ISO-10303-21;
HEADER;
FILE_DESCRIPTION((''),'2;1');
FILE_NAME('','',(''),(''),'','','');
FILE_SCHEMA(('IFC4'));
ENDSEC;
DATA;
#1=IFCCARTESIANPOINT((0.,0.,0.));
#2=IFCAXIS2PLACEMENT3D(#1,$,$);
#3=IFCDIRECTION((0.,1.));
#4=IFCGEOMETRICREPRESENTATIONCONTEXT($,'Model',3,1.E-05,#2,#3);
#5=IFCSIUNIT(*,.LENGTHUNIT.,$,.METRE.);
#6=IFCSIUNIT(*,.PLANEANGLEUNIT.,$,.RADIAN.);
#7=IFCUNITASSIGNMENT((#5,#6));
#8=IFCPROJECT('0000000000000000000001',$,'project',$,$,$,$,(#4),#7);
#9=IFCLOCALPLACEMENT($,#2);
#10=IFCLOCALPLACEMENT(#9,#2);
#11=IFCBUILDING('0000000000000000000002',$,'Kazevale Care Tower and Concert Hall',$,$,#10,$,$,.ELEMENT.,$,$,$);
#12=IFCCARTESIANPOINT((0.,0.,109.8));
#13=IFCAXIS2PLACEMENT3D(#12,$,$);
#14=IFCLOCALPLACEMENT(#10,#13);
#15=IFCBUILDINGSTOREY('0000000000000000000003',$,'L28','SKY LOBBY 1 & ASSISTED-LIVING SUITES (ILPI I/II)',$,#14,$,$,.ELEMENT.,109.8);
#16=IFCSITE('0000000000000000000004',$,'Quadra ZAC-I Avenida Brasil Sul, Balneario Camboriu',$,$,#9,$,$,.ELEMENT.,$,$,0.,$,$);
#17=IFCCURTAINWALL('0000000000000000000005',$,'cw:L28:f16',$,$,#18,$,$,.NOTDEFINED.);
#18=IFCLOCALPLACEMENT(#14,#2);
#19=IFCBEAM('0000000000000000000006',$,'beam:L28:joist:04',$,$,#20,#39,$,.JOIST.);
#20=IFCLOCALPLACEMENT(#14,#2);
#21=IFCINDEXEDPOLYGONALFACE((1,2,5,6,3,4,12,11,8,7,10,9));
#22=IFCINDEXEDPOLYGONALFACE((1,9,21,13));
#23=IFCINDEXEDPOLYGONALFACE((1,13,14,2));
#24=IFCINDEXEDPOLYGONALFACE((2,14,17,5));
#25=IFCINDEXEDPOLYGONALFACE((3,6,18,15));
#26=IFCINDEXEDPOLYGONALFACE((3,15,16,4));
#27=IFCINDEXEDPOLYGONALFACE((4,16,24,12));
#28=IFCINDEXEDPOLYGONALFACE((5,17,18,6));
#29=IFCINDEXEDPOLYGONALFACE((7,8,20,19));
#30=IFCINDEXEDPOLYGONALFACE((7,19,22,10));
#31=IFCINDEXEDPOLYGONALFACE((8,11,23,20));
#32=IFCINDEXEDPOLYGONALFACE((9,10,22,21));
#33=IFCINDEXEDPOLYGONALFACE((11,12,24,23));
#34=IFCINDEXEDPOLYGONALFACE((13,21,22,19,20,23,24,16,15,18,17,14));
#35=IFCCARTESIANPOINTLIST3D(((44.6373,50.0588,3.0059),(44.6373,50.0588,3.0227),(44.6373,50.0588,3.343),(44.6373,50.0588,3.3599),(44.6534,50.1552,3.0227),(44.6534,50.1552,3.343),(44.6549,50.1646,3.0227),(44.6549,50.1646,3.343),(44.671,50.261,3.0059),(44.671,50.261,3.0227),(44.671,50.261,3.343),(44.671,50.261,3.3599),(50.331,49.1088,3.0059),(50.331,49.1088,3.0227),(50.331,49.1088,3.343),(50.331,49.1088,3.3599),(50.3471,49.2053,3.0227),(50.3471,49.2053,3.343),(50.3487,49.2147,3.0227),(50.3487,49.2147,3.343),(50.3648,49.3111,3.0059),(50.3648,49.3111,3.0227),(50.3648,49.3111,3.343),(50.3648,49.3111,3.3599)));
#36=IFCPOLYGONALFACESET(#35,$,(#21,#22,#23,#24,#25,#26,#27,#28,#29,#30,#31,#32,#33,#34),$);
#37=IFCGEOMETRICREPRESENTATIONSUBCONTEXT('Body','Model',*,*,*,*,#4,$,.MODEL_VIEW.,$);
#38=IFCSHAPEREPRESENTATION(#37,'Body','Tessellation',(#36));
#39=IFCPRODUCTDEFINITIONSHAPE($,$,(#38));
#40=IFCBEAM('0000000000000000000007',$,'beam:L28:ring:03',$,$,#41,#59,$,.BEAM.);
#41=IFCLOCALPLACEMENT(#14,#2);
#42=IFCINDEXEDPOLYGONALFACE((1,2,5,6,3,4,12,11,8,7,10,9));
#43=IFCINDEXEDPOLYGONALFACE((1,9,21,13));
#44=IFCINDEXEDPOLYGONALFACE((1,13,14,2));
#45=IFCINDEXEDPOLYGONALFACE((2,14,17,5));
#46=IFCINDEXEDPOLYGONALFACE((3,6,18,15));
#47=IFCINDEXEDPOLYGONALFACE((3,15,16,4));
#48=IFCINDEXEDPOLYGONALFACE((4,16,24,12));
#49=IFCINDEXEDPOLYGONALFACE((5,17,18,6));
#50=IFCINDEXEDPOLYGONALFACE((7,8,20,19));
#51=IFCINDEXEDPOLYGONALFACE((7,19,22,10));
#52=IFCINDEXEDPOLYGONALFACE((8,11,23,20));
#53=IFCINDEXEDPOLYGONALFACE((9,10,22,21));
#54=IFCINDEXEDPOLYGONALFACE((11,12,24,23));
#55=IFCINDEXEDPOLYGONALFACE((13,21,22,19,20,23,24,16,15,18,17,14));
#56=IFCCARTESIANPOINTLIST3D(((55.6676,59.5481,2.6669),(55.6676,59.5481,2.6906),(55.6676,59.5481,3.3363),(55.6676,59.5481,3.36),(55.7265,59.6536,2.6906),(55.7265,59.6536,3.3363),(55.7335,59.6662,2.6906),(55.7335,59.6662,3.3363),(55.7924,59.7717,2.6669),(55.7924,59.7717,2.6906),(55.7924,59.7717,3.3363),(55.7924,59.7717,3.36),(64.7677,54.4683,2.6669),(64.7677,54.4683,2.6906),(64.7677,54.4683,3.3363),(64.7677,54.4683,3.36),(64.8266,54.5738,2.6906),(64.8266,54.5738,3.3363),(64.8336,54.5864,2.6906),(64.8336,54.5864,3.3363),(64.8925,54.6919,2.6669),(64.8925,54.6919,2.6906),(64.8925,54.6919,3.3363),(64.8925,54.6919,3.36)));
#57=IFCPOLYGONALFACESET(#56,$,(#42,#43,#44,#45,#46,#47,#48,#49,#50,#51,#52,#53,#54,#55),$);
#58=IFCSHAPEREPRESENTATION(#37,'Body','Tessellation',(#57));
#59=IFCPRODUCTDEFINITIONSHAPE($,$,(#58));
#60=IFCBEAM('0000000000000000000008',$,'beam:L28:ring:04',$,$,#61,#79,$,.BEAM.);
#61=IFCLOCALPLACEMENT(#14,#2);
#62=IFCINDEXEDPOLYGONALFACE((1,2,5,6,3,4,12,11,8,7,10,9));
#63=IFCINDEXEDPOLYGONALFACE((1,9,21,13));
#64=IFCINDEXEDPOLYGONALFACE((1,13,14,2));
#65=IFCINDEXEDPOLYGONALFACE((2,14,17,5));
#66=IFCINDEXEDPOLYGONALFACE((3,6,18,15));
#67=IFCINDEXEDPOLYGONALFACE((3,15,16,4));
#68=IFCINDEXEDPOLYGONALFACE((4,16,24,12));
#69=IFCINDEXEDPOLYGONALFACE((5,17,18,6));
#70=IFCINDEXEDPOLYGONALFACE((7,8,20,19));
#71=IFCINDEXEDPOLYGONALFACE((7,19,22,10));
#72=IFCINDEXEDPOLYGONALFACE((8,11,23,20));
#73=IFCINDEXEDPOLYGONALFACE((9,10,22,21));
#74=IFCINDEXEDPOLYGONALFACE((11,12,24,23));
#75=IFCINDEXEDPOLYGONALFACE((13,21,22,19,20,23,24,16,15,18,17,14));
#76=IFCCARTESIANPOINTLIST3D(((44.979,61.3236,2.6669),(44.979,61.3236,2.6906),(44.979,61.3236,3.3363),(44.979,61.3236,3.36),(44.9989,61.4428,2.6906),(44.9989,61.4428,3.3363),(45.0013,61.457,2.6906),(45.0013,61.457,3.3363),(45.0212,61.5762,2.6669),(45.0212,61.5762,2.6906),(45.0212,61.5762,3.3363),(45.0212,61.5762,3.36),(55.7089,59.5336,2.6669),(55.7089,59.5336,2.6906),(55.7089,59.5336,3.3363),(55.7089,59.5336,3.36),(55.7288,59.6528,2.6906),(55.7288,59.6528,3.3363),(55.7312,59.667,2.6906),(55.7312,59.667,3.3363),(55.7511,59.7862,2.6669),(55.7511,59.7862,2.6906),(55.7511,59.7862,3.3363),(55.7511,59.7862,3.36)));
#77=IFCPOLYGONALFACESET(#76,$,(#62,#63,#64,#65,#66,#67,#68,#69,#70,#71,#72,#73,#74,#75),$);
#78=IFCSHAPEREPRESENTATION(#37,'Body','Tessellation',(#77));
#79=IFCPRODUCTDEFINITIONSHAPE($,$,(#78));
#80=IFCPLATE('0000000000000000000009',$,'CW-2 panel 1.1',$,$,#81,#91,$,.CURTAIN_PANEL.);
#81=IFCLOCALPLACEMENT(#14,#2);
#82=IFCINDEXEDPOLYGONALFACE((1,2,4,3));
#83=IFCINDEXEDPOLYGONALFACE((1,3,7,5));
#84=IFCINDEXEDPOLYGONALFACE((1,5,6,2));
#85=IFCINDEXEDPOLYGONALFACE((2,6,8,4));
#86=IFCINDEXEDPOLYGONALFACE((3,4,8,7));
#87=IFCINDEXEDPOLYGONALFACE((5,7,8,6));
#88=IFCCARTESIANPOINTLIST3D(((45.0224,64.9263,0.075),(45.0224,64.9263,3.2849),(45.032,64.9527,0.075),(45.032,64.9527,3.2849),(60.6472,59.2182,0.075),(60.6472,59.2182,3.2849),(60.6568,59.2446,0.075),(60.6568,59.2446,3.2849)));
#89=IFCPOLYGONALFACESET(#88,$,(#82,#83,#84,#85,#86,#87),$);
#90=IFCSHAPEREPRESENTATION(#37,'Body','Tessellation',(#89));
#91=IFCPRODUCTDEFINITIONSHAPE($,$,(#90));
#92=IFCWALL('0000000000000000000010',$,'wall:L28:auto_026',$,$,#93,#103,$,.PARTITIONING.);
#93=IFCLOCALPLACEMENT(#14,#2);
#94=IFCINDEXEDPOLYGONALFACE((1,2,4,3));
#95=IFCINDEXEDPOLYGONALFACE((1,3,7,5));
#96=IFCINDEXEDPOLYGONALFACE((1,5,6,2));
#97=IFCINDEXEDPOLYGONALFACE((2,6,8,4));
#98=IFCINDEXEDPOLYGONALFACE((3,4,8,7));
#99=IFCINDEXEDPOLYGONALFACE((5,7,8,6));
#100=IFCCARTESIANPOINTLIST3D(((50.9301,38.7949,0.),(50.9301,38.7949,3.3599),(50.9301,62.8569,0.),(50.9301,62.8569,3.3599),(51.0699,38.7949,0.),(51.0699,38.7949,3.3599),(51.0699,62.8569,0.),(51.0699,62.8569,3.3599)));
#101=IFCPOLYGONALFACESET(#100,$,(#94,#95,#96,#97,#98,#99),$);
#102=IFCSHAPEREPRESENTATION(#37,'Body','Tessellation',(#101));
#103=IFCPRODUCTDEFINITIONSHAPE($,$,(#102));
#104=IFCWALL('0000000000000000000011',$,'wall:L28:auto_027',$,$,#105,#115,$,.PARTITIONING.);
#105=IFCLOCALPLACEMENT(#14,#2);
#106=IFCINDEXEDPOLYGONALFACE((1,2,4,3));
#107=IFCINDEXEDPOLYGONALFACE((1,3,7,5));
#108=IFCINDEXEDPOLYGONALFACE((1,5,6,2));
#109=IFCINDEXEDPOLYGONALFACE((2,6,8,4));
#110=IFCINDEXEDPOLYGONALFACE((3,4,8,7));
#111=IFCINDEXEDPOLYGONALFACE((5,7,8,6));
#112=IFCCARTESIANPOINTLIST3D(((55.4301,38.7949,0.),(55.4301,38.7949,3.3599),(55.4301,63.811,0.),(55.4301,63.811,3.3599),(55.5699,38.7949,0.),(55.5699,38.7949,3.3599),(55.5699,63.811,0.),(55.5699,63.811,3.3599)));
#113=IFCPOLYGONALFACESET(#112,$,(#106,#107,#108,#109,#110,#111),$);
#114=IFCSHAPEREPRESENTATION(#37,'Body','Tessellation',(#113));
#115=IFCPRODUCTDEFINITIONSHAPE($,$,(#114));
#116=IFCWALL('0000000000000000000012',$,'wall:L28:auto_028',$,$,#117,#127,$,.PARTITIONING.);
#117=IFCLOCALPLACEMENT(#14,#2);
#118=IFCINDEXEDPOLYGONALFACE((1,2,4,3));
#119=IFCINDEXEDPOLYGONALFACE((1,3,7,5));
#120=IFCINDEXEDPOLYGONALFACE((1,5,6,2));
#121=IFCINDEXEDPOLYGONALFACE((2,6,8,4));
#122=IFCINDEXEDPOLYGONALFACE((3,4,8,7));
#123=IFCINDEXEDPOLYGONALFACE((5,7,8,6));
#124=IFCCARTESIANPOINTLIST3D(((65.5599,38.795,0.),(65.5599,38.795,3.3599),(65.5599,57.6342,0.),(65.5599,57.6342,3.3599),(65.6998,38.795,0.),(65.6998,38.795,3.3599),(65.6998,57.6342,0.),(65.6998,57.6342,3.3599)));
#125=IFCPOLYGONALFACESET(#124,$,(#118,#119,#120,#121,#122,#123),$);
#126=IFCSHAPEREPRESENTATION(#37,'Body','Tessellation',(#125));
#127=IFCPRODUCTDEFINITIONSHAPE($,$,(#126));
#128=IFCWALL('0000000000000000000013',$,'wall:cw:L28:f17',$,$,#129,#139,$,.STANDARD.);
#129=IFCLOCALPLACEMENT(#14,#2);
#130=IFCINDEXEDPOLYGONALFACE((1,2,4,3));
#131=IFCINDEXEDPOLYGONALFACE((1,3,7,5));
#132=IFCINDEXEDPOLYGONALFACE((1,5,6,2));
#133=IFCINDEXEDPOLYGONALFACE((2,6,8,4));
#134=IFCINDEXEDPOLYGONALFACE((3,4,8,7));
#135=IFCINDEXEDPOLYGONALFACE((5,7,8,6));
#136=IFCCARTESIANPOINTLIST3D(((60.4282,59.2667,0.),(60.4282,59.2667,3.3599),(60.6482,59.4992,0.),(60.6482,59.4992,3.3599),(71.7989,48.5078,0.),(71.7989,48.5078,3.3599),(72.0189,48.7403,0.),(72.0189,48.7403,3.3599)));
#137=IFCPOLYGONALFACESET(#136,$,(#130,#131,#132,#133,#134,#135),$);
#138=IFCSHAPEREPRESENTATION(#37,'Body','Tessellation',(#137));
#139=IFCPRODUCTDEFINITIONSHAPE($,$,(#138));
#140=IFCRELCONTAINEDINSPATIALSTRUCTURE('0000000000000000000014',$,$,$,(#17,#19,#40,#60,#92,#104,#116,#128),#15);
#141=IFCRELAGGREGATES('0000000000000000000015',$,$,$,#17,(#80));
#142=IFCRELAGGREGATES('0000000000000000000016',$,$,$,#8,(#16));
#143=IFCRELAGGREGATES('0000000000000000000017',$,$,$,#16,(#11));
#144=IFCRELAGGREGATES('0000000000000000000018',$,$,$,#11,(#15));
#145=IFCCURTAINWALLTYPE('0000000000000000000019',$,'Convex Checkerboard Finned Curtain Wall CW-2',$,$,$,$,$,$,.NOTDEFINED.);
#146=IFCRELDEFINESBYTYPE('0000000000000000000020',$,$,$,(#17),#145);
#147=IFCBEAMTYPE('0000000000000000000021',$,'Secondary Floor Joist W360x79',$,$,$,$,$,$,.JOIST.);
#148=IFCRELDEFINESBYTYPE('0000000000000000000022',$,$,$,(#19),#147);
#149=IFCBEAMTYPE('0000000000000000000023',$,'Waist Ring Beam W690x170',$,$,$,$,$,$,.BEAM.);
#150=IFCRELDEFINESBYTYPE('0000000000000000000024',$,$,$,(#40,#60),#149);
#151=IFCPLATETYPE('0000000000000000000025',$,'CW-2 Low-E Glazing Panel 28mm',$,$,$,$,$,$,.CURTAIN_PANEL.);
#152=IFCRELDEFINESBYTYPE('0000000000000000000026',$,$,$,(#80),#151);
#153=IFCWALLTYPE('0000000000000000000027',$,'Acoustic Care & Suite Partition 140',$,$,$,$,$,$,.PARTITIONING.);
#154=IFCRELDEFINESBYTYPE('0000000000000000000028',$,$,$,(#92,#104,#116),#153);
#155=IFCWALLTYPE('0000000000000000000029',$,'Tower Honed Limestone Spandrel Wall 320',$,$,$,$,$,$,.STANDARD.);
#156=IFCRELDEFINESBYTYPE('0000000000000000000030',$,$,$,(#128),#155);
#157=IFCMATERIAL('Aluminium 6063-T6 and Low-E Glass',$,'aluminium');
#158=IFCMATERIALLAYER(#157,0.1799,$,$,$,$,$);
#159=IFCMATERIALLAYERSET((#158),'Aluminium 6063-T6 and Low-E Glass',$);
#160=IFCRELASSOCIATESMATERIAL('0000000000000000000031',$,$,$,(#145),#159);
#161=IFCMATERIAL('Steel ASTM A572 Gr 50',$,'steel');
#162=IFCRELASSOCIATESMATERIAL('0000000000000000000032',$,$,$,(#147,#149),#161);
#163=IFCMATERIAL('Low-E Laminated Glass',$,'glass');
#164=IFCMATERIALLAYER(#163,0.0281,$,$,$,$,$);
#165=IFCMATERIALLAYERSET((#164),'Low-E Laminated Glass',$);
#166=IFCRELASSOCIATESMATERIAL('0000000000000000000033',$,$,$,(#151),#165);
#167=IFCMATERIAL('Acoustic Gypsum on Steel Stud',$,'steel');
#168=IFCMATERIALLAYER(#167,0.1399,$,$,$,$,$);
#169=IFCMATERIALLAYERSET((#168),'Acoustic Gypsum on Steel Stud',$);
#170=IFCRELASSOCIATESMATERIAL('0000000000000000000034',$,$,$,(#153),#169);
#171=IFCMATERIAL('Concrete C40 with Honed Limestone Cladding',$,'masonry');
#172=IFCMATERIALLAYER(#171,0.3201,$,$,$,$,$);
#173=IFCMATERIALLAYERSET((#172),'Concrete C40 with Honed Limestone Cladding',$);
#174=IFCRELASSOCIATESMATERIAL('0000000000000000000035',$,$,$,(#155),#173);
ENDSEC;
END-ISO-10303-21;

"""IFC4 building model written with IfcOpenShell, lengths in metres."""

from ifc_helpers import new_model, si_unit, direction, frame, frame_2d, origin, origin_2d, place, context, subcontext, project, spatial, rectangle, i_section, extrude, material, layer, layer_set, material_profile, profile_set, type_object, element, aggregate, save


model = new_model("IFC4")

# Units and contexts
model_context = context("Model", 3, precision=1e-05, world=origin(), true_north=direction((0.0, 1.0)))
body_context = subcontext(model_context, "Body", "Model", "MODEL_VIEW")
ifc_project = project(units=[si_unit("LENGTHUNIT", "METRE"), si_unit("PLANEANGLEUNIT", "RADIAN")], contexts=[model_context])

# Site, building, storey
site_placement = place(None, origin())
site = spatial("IfcSite", under=ifc_project, at=site_placement, Name="Quadra ZAC-I Avenida Brasil Sul, Balneario Camboriu", CompositionType="ELEMENT", RefElevation=0.0)
building_placement = place(site_placement, origin())
building = spatial("IfcBuilding", under=site, at=building_placement, Name="Kazevale Care Tower and Concert Hall", CompositionType="ELEMENT")
storey_placement = place(building_placement, frame((0.0, 0.0, 109.8)))
storey = spatial("IfcBuildingStorey", under=building, at=storey_placement, Name="L28", Description="SKY LOBBY 1 & ASSISTED-LIVING SUITES (ILPI I/II)", CompositionType="ELEMENT", Elevation=109.8)

# Curtain wall
ifc_material_1 = material(Name="Aluminium 6063-T6 and Low-E Glass", Category="aluminium")
ifc_layer_1 = layer(ifc_material_1, 0.1799)
ifc_layer_set_1 = layer_set([ifc_layer_1], Name="Aluminium 6063-T6 and Low-E Glass")
curtain_wall_type_1 = type_object("IfcCurtainWallType", Name="Convex Checkerboard Finned Curtain Wall CW-2", PredefinedType="NOTDEFINED", material=ifc_layer_set_1)
curtain_wall_1_placement = place(storey_placement, origin())
curtain_wall_1 = element("IfcCurtainWall", 1, at=curtain_wall_1_placement, inside=storey, type_object=curtain_wall_type_1, Name="cw:L28:f16", PredefinedType="NOTDEFINED")

# Beams
ifc_material_2 = material(Name="Steel ASTM A572 Gr 50", Category="steel")
ifc_material_profile_1 = material_profile(ifc_material_2, i_section(OverallWidth=0.2051, OverallDepth=0.354, WebThickness=0.0095, FlangeThickness=0.0168, at=origin_2d()), Name="W360x79")
ifc_profile_set_1 = profile_set([ifc_material_profile_1], Name="Steel ASTM A572 Gr 50")
beam_type_1 = type_object("IfcBeamType", Name="Secondary Floor Joist W360x79", PredefinedType="JOIST", material=ifc_profile_set_1)
beam_1_placement = place(storey_placement, frame((50.3479, 49.21, 3.1829), z_axis=(-0.986366, 0.164564, 0.0), x_axis=(-0.164564, -0.986366, 0.0)))
element("IfcBeam", 2, at=beam_1_placement, inside=storey, type_object=beam_type_1, Name="beam:L28:joist:04", PredefinedType="JOIST", context=body_context, shape_type="SweptSolid", body=[
    extrude(i_section(OverallWidth=0.2051, OverallDepth=0.354, WebThickness=0.0095, FlangeThickness=0.0168, at=origin_2d()), origin(), (0.0, 0.0, 1.0), 5.7725),
])
ifc_material_profile_2 = material_profile(ifc_material_2, i_section(OverallWidth=0.2561, OverallDepth=0.6931, WebThickness=0.0144, FlangeThickness=0.0237, at=origin_2d()), Name="W690x170")
ifc_profile_set_2 = profile_set([ifc_material_profile_2], Name="Steel ASTM A572 Gr 50")
beam_type_2 = type_object("IfcBeamType", Name="Waist Ring Beam W690x170", PredefinedType="BEAM", material=ifc_profile_set_2)
beam_2_placement = place(storey_placement, frame((64.8301, 54.5801, 3.0134), z_axis=(-0.873169, 0.487418, 0.0), x_axis=(-0.487418, -0.873169, 0.0)))
element("IfcBeam", 3, at=beam_2_placement, inside=storey, type_object=beam_type_2, Name="beam:L28:ring:03", PredefinedType="BEAM", context=body_context, shape_type="SweptSolid", body=[
    extrude(i_section(OverallWidth=0.2561, OverallDepth=0.6931, WebThickness=0.0144, FlangeThickness=0.0237, at=origin_2d()), origin(), (0.0, 0.0, 1.0), 10.4219),
])
beam_3_placement = place(storey_placement, frame((55.73, 59.6599, 3.0134), z_axis=(-0.986368, 0.164552, 0.0), x_axis=(-0.164552, -0.986368, 0.0)))
element("IfcBeam", 4, at=beam_3_placement, inside=storey, type_object=beam_type_2, Name="beam:L28:ring:04", PredefinedType="BEAM", context=body_context, shape_type="SweptSolid", body=[
    extrude(i_section(OverallWidth=0.2561, OverallDepth=0.6931, WebThickness=0.0144, FlangeThickness=0.0237, at=origin_2d()), origin(), (0.0, 0.0, 1.0), 10.8782),
])

# Plate
ifc_material_3 = material(Name="Low-E Laminated Glass", Category="glass")
ifc_layer_2 = layer(ifc_material_3, 0.0281)
ifc_layer_set_2 = layer_set([ifc_layer_2], Name="Low-E Laminated Glass")
plate_type = type_object("IfcPlateType", Name="CW-2 Low-E Glazing Panel 28mm", PredefinedType="CURTAIN_PANEL", material=ifc_layer_set_2)
plate_placement = place(storey_placement, frame((52.8396, 62.0854, 0.075), z_axis=(0.0, 0.0, 1.0), x_axis=(0.939283, -0.343143, 0.0)))
plate = element("IfcPlate", 5, at=plate_placement, type_object=plate_type, Name="CW-2 panel 1.1", PredefinedType="CURTAIN_PANEL", context=body_context, shape_type="SweptSolid", body=[
    extrude(rectangle(XDim=16.6348, YDim=0.0281, at=origin_2d()), origin(), (0.0, 0.0, 1.0), 3.21),
])
aggregate(curtain_wall_1, [plate])

# Walls
ifc_material_4 = material(Name="Acoustic Gypsum on Steel Stud", Category="steel")
ifc_layer_3 = layer(ifc_material_4, 0.1399)
ifc_layer_set_3 = layer_set([ifc_layer_3], Name="Acoustic Gypsum on Steel Stud")
wall_type_1 = type_object("IfcWallType", Name="Acoustic Care & Suite Partition 140", PredefinedType="PARTITIONING", material=ifc_layer_set_3)
wall_1_placement = place(storey_placement, frame((51.0, 62.8569, 0.0), z_axis=(0.0, 0.0, 1.0), x_axis=(0.0, -1.0, 0.0)))
element("IfcWall", 6, at=wall_1_placement, inside=storey, type_object=wall_type_1, Name="wall:L28:auto_026", PredefinedType="PARTITIONING", context=body_context, shape_type="SweptSolid", body=[
    extrude(rectangle(XDim=24.062, YDim=0.1399, at=frame_2d((12.031, 0.0))), origin(), (0.0, 0.0, 1.0), 3.3599),
])
wall_2_placement = place(storey_placement, frame((55.5, 63.811, 0.0), z_axis=(0.0, 0.0, 1.0), x_axis=(0.0, -1.0, 0.0)))
element("IfcWall", 7, at=wall_2_placement, inside=storey, type_object=wall_type_1, Name="wall:L28:auto_027", PredefinedType="PARTITIONING", context=body_context, shape_type="SweptSolid", body=[
    extrude(rectangle(XDim=25.0161, YDim=0.1399, at=frame_2d((12.5081, 0.0))), origin(), (0.0, 0.0, 1.0), 3.3599),
])
wall_3_placement = place(storey_placement, frame((65.6299, 57.634, 0.0), z_axis=(0.0, 0.0, 1.0), x_axis=(0.0, -1.0, 0.0)))
element("IfcWall", 8, at=wall_3_placement, inside=storey, type_object=wall_type_1, Name="wall:L28:auto_028", PredefinedType="PARTITIONING", context=body_context, shape_type="SweptSolid", body=[
    extrude(rectangle(XDim=18.8391, YDim=0.1399, at=frame_2d((9.4194, 0.0))), origin(), (0.0, 0.0, 1.0), 3.3599),
])
ifc_material_5 = material(Name="Concrete C40 with Honed Limestone Cladding", Category="masonry")
ifc_layer_4 = layer(ifc_material_5, 0.3201)
ifc_layer_set_4 = layer_set([ifc_layer_4], Name="Concrete C40 with Honed Limestone Cladding")
wall_type_2 = type_object("IfcWallType", Name="Tower Honed Limestone Spandrel Wall 320", PredefinedType="STANDARD", material=ifc_layer_set_4)
wall_4_placement = place(storey_placement, frame((60.5381, 59.3831, 0.0), z_axis=(0.0, 0.0, 1.0), x_axis=(0.726378, -0.687295, 0.0)))
element("IfcWall", 9, at=wall_4_placement, inside=storey, type_object=wall_type_2, Name="wall:cw:L28:f17", PredefinedType="STANDARD", context=body_context, shape_type="SweptSolid", body=[
    extrude(rectangle(XDim=15.6541, YDim=0.3201, at=frame_2d((7.8271, 0.0))), origin(), (0.0, 0.0, 1.0), 3.3599),
])

save(model, "model.ifc")
